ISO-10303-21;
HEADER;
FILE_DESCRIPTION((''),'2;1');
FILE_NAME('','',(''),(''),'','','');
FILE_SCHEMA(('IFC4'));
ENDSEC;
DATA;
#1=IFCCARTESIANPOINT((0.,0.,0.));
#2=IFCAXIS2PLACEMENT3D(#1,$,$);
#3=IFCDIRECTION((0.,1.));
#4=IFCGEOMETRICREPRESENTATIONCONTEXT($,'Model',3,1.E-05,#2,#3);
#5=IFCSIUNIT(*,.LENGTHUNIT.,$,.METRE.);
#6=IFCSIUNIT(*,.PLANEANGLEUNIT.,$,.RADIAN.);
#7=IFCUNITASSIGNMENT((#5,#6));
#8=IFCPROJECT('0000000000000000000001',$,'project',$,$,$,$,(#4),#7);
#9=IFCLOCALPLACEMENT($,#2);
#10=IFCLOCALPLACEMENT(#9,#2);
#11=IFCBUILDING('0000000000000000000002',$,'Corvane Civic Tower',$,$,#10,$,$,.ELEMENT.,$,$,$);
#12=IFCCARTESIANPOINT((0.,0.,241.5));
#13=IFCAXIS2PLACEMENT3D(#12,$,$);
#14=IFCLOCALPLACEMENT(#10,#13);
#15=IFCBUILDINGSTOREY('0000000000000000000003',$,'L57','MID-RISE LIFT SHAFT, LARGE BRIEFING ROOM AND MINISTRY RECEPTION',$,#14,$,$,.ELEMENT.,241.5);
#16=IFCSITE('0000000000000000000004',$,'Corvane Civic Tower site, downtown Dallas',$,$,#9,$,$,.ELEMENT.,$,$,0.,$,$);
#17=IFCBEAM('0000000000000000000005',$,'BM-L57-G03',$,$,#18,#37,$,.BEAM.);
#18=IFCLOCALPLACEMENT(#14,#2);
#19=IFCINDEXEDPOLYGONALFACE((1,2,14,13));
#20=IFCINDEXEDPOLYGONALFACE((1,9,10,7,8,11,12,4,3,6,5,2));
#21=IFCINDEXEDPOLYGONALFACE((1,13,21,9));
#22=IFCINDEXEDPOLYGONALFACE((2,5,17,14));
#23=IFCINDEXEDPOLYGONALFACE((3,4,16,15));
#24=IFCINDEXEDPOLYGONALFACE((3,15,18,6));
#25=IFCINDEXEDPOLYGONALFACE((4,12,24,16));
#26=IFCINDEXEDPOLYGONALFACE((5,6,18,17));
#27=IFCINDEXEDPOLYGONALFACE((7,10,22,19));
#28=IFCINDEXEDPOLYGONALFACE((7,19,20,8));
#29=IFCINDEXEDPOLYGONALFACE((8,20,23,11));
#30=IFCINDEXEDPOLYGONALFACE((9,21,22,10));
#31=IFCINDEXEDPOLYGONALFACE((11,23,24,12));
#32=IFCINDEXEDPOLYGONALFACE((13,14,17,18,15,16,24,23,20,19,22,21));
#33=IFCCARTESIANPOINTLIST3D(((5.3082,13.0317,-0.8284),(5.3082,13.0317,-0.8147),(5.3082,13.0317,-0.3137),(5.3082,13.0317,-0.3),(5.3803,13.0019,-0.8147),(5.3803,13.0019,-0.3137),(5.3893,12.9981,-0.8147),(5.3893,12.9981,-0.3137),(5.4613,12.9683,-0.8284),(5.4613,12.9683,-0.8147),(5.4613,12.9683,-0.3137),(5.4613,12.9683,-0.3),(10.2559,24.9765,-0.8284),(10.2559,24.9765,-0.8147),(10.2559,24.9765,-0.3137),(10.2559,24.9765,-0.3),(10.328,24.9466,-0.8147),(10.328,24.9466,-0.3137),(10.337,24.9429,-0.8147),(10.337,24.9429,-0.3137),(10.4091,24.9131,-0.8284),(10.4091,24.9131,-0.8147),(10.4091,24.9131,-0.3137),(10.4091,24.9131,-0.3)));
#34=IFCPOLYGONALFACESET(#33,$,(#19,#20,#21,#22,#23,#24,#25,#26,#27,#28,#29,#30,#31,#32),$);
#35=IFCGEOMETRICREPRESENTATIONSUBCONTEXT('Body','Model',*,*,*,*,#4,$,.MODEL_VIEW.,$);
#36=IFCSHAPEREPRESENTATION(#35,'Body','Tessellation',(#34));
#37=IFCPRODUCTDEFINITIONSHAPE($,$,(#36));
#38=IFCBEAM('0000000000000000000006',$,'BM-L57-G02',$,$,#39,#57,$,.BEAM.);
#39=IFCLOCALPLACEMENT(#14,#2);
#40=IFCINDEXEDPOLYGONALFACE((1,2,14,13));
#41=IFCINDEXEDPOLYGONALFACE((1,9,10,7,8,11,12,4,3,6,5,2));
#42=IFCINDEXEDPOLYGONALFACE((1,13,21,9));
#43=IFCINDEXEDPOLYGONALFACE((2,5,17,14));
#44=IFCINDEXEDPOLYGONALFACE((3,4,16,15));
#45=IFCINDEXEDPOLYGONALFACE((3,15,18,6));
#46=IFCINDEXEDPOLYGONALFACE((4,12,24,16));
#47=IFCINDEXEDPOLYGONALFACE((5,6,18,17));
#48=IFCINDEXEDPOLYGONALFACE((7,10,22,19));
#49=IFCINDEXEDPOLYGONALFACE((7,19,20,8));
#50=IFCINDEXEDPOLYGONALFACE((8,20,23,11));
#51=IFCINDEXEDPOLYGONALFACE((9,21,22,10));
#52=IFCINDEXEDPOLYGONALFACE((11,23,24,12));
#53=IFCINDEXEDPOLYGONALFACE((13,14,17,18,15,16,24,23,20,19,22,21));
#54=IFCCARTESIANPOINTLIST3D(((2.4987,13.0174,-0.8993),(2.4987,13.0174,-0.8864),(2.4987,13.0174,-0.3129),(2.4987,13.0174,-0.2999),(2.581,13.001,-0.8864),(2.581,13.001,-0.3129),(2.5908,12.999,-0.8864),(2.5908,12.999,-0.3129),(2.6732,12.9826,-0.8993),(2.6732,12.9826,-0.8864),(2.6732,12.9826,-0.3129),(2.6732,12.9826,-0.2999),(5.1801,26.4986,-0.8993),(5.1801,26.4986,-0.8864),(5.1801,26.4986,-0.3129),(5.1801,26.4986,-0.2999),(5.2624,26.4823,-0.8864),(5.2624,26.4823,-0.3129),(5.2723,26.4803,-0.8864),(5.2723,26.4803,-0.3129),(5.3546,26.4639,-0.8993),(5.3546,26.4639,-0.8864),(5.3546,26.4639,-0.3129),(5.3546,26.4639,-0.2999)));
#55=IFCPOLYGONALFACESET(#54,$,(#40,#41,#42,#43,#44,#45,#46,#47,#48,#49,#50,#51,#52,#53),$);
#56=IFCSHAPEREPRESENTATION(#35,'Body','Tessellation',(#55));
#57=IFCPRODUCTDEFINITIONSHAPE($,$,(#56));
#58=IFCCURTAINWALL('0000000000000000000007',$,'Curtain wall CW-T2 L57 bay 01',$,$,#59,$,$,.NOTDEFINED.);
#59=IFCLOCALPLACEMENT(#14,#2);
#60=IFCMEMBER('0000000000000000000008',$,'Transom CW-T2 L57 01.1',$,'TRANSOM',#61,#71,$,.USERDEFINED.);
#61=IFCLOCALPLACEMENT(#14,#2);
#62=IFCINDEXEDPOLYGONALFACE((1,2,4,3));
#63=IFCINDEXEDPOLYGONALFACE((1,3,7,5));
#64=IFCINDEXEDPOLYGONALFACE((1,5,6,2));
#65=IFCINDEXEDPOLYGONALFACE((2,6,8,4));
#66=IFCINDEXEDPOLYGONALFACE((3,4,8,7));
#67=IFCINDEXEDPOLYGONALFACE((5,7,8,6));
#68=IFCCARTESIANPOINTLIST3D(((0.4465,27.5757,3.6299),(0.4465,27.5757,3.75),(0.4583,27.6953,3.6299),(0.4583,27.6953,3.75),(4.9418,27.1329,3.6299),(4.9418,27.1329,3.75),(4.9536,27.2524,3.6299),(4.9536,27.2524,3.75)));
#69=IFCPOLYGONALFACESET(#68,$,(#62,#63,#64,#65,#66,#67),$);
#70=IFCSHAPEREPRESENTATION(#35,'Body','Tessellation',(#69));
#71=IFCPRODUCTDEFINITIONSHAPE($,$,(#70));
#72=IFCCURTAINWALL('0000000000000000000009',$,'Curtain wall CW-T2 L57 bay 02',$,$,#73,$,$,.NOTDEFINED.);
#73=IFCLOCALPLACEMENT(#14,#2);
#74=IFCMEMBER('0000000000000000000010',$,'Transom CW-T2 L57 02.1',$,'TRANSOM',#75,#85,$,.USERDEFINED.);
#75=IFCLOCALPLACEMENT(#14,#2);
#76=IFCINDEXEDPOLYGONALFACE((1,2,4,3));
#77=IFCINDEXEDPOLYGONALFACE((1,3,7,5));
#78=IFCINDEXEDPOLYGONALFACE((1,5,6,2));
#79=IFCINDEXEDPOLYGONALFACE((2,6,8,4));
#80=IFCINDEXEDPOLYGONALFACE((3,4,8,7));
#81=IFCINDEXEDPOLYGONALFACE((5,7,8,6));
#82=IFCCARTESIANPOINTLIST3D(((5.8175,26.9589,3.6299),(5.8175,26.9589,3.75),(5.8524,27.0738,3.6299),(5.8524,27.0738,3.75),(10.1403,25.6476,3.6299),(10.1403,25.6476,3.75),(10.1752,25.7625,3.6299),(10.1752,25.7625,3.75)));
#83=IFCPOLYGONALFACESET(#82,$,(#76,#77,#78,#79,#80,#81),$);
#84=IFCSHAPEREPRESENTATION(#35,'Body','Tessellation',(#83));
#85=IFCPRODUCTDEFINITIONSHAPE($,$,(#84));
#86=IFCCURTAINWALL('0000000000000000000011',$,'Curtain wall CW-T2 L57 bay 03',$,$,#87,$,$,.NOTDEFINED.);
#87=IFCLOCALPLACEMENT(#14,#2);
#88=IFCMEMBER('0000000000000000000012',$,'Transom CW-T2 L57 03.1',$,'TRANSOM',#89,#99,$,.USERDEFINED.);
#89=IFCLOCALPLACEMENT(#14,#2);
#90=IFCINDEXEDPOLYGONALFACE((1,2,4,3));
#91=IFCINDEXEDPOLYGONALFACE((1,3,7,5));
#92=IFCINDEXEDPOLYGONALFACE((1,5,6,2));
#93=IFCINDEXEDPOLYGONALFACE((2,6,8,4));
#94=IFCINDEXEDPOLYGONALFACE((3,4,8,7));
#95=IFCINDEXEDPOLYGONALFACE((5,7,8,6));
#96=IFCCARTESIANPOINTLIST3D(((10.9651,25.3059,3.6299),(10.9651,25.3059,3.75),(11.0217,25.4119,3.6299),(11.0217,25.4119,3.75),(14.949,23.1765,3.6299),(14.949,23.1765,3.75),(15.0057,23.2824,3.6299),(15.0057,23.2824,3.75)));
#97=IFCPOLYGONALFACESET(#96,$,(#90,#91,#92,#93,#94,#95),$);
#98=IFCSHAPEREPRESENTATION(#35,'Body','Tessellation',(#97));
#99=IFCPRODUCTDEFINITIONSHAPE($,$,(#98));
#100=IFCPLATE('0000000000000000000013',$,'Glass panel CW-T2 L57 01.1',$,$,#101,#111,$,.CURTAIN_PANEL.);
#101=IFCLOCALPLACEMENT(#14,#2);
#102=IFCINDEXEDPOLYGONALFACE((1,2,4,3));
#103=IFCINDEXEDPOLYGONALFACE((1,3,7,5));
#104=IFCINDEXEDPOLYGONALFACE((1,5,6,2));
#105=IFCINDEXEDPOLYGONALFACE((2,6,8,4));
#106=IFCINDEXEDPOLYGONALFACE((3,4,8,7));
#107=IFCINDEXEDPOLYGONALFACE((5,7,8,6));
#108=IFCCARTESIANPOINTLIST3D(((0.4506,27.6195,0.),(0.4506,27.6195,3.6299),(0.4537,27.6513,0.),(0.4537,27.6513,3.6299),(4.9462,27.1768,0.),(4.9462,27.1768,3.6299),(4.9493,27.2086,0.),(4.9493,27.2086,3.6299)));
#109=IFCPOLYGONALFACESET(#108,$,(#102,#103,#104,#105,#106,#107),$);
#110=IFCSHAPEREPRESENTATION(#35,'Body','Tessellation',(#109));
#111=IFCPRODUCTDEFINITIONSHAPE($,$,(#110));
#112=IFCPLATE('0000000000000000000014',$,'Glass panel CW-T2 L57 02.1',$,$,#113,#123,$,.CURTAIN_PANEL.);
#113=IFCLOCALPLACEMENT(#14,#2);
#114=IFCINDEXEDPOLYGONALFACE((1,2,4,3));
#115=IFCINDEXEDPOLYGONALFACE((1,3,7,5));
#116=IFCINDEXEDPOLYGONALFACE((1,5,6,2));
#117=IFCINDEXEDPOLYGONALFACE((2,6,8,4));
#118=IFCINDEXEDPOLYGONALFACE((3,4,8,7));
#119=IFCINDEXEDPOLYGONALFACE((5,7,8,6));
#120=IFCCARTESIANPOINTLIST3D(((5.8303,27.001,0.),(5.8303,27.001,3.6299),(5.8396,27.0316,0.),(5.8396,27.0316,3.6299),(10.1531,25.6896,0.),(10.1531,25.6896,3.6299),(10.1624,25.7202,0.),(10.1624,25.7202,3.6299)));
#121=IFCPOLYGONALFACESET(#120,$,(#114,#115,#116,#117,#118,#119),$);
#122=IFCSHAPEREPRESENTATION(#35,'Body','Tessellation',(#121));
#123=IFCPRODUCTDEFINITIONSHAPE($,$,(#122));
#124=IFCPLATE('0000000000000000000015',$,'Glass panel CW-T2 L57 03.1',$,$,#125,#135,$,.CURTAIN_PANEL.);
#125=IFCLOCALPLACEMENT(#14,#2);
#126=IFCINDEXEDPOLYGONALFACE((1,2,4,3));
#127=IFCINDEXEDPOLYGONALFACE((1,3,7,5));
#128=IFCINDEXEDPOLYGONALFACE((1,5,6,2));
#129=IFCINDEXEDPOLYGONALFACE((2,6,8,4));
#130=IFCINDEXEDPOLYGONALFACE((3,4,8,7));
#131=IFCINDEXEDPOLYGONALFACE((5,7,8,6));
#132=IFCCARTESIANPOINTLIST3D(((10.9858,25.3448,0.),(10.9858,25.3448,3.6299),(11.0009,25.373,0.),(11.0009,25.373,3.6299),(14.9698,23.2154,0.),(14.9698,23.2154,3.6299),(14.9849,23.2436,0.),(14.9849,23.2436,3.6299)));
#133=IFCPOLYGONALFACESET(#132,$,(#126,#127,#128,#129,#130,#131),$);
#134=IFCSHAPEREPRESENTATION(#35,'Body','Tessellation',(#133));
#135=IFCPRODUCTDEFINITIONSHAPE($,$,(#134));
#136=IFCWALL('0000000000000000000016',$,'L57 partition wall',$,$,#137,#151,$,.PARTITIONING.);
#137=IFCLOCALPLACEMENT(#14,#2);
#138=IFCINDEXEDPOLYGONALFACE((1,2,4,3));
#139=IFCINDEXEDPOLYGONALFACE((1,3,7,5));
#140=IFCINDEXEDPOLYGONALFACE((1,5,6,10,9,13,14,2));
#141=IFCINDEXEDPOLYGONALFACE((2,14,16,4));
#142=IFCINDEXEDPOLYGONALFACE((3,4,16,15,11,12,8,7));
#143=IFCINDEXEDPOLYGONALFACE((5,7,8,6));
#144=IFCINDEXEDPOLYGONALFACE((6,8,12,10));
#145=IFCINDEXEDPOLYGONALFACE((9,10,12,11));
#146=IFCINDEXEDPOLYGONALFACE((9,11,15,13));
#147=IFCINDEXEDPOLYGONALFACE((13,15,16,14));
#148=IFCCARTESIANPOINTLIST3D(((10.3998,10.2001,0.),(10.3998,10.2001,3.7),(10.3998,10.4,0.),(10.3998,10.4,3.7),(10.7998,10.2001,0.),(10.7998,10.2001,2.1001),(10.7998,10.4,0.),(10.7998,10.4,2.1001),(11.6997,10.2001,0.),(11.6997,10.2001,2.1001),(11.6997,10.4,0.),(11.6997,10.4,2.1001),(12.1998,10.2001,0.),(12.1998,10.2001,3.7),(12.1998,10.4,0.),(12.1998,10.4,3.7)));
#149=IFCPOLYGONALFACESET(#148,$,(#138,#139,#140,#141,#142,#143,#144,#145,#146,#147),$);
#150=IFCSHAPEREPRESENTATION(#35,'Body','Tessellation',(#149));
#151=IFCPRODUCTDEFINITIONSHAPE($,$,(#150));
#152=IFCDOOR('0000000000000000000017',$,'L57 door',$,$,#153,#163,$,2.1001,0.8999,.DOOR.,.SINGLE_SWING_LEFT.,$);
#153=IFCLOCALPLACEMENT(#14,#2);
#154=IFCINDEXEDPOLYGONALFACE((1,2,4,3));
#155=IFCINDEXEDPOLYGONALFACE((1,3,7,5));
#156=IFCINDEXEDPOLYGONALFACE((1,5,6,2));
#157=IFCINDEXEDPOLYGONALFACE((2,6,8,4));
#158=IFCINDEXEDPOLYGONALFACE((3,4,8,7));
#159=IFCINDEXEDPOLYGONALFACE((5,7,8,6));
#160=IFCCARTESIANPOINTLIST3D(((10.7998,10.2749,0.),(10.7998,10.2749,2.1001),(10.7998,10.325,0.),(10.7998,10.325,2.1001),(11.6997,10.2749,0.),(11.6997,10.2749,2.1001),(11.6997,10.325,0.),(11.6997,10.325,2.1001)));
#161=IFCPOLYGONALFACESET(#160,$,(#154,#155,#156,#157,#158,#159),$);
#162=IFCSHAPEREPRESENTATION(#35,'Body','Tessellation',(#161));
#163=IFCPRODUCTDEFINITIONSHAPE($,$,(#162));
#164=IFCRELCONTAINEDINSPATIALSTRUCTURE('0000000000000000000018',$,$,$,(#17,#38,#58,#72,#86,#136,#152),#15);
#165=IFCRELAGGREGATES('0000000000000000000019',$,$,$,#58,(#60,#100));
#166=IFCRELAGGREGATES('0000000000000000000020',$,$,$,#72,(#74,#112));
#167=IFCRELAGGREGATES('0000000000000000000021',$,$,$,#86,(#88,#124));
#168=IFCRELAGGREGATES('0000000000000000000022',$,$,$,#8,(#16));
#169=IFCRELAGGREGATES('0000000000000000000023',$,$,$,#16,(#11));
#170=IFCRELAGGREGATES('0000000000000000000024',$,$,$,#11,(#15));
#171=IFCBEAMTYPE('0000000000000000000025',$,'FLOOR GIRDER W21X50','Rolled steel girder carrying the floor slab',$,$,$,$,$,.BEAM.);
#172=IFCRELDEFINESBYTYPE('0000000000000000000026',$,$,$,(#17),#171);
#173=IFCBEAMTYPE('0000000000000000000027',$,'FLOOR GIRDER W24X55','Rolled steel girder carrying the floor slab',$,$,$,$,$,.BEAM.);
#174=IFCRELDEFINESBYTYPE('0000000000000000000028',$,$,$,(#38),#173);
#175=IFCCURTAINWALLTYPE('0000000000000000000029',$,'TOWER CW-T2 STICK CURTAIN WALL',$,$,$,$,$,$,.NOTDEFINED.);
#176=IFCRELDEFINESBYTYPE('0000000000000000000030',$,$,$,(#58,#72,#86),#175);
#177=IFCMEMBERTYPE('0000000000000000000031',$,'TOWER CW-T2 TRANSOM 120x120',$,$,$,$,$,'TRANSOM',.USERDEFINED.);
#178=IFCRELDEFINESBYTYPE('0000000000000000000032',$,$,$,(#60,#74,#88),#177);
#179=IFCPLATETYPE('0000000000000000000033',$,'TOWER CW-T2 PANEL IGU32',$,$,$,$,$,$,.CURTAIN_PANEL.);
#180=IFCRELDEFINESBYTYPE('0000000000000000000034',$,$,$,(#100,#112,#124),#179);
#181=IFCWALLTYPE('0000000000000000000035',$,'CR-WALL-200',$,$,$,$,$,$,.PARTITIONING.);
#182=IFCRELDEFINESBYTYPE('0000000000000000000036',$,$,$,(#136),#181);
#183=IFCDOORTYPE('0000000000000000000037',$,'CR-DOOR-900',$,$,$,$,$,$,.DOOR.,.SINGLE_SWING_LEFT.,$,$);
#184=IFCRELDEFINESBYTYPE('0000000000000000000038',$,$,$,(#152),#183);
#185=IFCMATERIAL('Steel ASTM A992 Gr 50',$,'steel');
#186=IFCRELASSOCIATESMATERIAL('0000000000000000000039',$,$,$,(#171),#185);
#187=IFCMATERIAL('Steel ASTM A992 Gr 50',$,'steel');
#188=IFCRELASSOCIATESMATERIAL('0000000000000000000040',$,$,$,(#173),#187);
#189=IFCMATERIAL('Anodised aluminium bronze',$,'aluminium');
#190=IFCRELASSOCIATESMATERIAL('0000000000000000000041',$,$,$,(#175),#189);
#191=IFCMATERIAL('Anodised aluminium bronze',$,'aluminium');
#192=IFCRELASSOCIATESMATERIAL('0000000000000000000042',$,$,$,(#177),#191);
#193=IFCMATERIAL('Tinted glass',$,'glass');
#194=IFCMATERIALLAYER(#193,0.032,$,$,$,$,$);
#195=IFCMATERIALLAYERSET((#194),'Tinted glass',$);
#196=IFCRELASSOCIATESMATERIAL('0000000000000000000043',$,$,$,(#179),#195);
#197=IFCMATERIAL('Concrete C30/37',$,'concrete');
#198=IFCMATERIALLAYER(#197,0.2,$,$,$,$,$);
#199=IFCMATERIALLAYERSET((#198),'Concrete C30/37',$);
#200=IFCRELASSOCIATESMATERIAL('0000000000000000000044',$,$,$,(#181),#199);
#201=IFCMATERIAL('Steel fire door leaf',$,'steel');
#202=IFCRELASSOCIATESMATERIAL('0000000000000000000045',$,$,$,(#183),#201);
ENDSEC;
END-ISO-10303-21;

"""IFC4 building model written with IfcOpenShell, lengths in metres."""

from ifc_helpers import new_model, si_unit, direction, frame, frame_2d, origin, origin_2d, place, context, subcontext, project, spatial, rectangle, i_section, extrude, material, layer, layer_set, material_profile, profile_set, type_object, element, fill, aggregate, save


model = new_model("IFC4")

# Units and contexts
model_context = context("Model", 3, precision=1e-05, world=origin(), true_north=direction((0.0, 1.0)))
body_context = subcontext(model_context, "Body", "Model", "MODEL_VIEW")
ifc_project = project(units=[si_unit("LENGTHUNIT", "METRE"), si_unit("PLANEANGLEUNIT", "RADIAN")], contexts=[model_context])

# Site, building, storey
site_placement = place(None, origin())
site = spatial("IfcSite", under=ifc_project, at=site_placement, Name="Corvane Civic Tower site, downtown Dallas", CompositionType="ELEMENT", RefElevation=0.0)
building_placement = place(site_placement, origin())
building = spatial("IfcBuilding", under=site, at=building_placement, Name="Corvane Civic Tower", CompositionType="ELEMENT")
storey_placement = place(building_placement, frame((0.0, 0.0, 241.5)))
storey = spatial("IfcBuildingStorey", under=building, at=storey_placement, Name="L57", Description="MID-RISE LIFT SHAFT, LARGE BRIEFING ROOM AND MINISTRY RECEPTION", CompositionType="ELEMENT", Elevation=241.5)

# Beams
ifc_material_1 = material(Name="Steel ASTM A992 Gr 50", Category="steel")
ifc_material_profile_1 = material_profile(ifc_material_1, i_section(OverallWidth=0.1658, OverallDepth=0.5283, WebThickness=0.0098, FlangeThickness=0.0137, at=origin_2d()), Name="W21X50")
ifc_profile_set_1 = profile_set([ifc_material_profile_1], Name="Steel ASTM A992 Gr 50")
beam_type_1 = type_object("IfcBeamType", Name="FLOOR GIRDER W21X50", Description="Rolled steel girder carrying the floor slab", PredefinedType="BEAM", material=ifc_profile_set_1)
beam_1_placement = place(storey_placement, frame((5.3848, 13.0, -0.5642), z_axis=(0.382686, 0.923878, 0.0), x_axis=(-0.923878, 0.382686, 0.0)))
element("IfcBeam", 1, at=beam_1_placement, inside=storey, type_object=beam_type_1, Name="BM-L57-G03", PredefinedType="BEAM", context=body_context, shape_type="SweptSolid", body=[
    extrude(i_section(OverallWidth=0.1658, OverallDepth=0.5283, WebThickness=0.0098, FlangeThickness=0.0137, at=origin_2d()), origin(), (0.0, 0.0, 1.0), 12.929),
])
ifc_material_2 = material(Name="Steel ASTM A992 Gr 50", Category="steel")
ifc_material_profile_2 = material_profile(ifc_material_2, i_section(OverallWidth=0.178, OverallDepth=0.5994, WebThickness=0.01, FlangeThickness=0.0129, at=origin_2d()), Name="W24X55")
ifc_profile_set_2 = profile_set([ifc_material_profile_2], Name="Steel ASTM A992 Gr 50")
beam_type_2 = type_object("IfcBeamType", Name="FLOOR GIRDER W24X55", Description="Rolled steel girder carrying the floor slab", PredefinedType="BEAM", material=ifc_profile_set_2)
beam_2_placement = place(storey_placement, frame((2.5859, 13.0, -0.5996), z_axis=(0.195078, 0.980788, 0.0), x_axis=(-0.980788, 0.195078, 0.0)))
element("IfcBeam", 2, at=beam_2_placement, inside=storey, type_object=beam_type_2, Name="BM-L57-G02", PredefinedType="BEAM", context=body_context, shape_type="SweptSolid", body=[
    extrude(i_section(OverallWidth=0.178, OverallDepth=0.5994, WebThickness=0.01, FlangeThickness=0.0129, at=origin_2d()), origin(), (0.0, 0.0, 1.0), 13.7454),
])

# Curtain walls, members
ifc_material_3 = material(Name="Anodised aluminium bronze", Category="aluminium")
curtain_wall_type = type_object("IfcCurtainWallType", Name="TOWER CW-T2 STICK CURTAIN WALL", PredefinedType="NOTDEFINED", material=ifc_material_3)
curtain_wall_1_placement = place(storey_placement, origin())
curtain_wall_1 = element("IfcCurtainWall", 3, at=curtain_wall_1_placement, inside=storey, type_object=curtain_wall_type, Name="Curtain wall CW-T2 L57 bay 01", PredefinedType="NOTDEFINED")
ifc_material_4 = material(Name="Anodised aluminium bronze", Category="aluminium")
ifc_material_profile_3 = material_profile(ifc_material_4, rectangle(XDim=0.1201, YDim=0.1201, at=origin_2d()), Name="TOWER CW-T2 TRANSOM 120x120")
ifc_profile_set_3 = profile_set([ifc_material_profile_3], Name="Anodised aluminium bronze")
member_type = type_object("IfcMemberType", Name="TOWER CW-T2 TRANSOM 120x120", ElementType="TRANSOM", PredefinedType="USERDEFINED", material=ifc_profile_set_3)
member_1_placement = place(storey_placement, frame((0.4524, 27.6355, 3.6899), z_axis=(0.995182, -0.098043, 0.0), x_axis=(0.098043, 0.995182, 0.0)))
member_1 = element("IfcMember", 4, at=member_1_placement, type_object=member_type, Name="Transom CW-T2 L57 01.1", ObjectType="TRANSOM", PredefinedType="USERDEFINED", context=body_context, shape_type="SweptSolid", body=[
    extrude(rectangle(XDim=0.1201, YDim=0.1201, at=origin_2d()), origin(), (0.0, 0.0, 1.0), 4.5171),
])
curtain_wall_2_placement = place(storey_placement, origin())
curtain_wall_2 = element("IfcCurtainWall", 5, at=curtain_wall_2_placement, inside=storey, type_object=curtain_wall_type, Name="Curtain wall CW-T2 L57 bay 02", PredefinedType="NOTDEFINED")
member_2_placement = place(storey_placement, frame((5.835, 27.0164, 3.6899), z_axis=(0.956941, -0.290282, 0.0), x_axis=(0.290282, 0.956941, 0.0)))
member_2 = element("IfcMember", 6, at=member_2_placement, type_object=member_type, Name="Transom CW-T2 L57 02.1", ObjectType="TRANSOM", PredefinedType="USERDEFINED", context=body_context, shape_type="SweptSolid", body=[
    extrude(rectangle(XDim=0.1201, YDim=0.1201, at=origin_2d()), origin(), (0.0, 0.0, 1.0), 4.5173),
])
curtain_wall_3_placement = place(storey_placement, origin())
curtain_wall_3 = element("IfcCurtainWall", 7, at=curtain_wall_3_placement, inside=storey, type_object=curtain_wall_type, Name="Curtain wall CW-T2 L57 bay 03", PredefinedType="NOTDEFINED")
member_3_placement = place(storey_placement, frame((10.9934, 25.3589, 3.6899), z_axis=(0.881925, -0.47139, 0.0), x_axis=(0.47139, 0.881925, 0.0)))
member_3 = element("IfcMember", 8, at=member_3_placement, type_object=member_type, Name="Transom CW-T2 L57 03.1", ObjectType="TRANSOM", PredefinedType="USERDEFINED", context=body_context, shape_type="SweptSolid", body=[
    extrude(rectangle(XDim=0.1201, YDim=0.1201, at=origin_2d()), origin(), (0.0, 0.0, 1.0), 4.5173),
])

# Plates
ifc_material_5 = material(Name="Tinted glass", Category="glass")
ifc_layer_1 = layer(ifc_material_5, 0.032)
ifc_layer_set_1 = layer_set([ifc_layer_1], Name="Tinted glass")
plate_type = type_object("IfcPlateType", Name="TOWER CW-T2 PANEL IGU32", PredefinedType="CURTAIN_PANEL", material=ifc_layer_set_1)
plate_1_placement = place(storey_placement, frame((2.7, 27.4141, 0.0), z_axis=(0.0, 0.0, 1.0), x_axis=(0.995187, -0.097993, 0.0)))
plate_1 = element("IfcPlate", 9, at=plate_1_placement, type_object=plate_type, Name="Glass panel CW-T2 L57 01.1", PredefinedType="CURTAIN_PANEL", context=body_context, shape_type="SweptSolid", body=[
    extrude(rectangle(XDim=4.5173, YDim=0.032, at=origin_2d()), origin(), (0.0, 0.0, 1.0), 3.6299),
])
aggregate(curtain_wall_1, [member_1, plate_1])
plate_2_placement = place(storey_placement, frame((7.9963, 26.3606, 0.0), z_axis=(0.0, 0.0, 1.0), x_axis=(0.956939, -0.29029, 0.0)))
plate_2 = element("IfcPlate", 10, at=plate_2_placement, type_object=plate_type, Name="Glass panel CW-T2 L57 02.1", PredefinedType="CURTAIN_PANEL", context=body_context, shape_type="SweptSolid", body=[
    extrude(rectangle(XDim=4.5173, YDim=0.032, at=origin_2d()), origin(), (0.0, 0.0, 1.0), 3.6299),
])
aggregate(curtain_wall_2, [member_2, plate_2])
plate_3_placement = place(storey_placement, frame((12.9854, 24.2942, 0.0), z_axis=(0.0, 0.0, 1.0), x_axis=(0.88192, -0.471398, 0.0)))
plate_3 = element("IfcPlate", 11, at=plate_3_placement, type_object=plate_type, Name="Glass panel CW-T2 L57 03.1", PredefinedType="CURTAIN_PANEL", context=body_context, shape_type="SweptSolid", body=[
    extrude(rectangle(XDim=4.5173, YDim=0.032, at=origin_2d()), origin(), (0.0, 0.0, 1.0), 3.6299),
])
aggregate(curtain_wall_3, [member_3, plate_3])

# Wall, opening, door
ifc_material_6 = material(Name="Concrete C30/37", Category="concrete")
ifc_layer_2 = layer(ifc_material_6, 0.2)
ifc_layer_set_2 = layer_set([ifc_layer_2], Name="Concrete C30/37")
wall_type_1 = type_object("IfcWallType", Name="CR-WALL-200", PredefinedType="PARTITIONING", material=ifc_layer_set_2)
wall_1_placement = place(storey_placement, frame((10.3999, 10.3, 0.0), z_axis=(0.0, 0.0, 1.0), x_axis=(1.0, 0.0, 0.0)))
wall_1 = element("IfcWall", 12, at=wall_1_placement, inside=storey, type_object=wall_type_1, Name="L57 partition wall", PredefinedType="PARTITIONING", context=body_context, shape_type="SweptSolid", body=[
    extrude(rectangle(XDim=1.8, YDim=0.2, at=frame_2d((0.8999, 0.0))), origin(), (0.0, 0.0, 1.0), 3.7),
])
opening_1_placement = place(wall_1_placement, frame((0.3999, 0.0, 0.0)))
opening_1 = element("IfcOpeningElement", 13, at=opening_1_placement, cuts=wall_1, PredefinedType="OPENING", context=body_context, shape_type="SweptSolid", body=[
    extrude(rectangle(XDim=0.8999, YDim=2.1001, at=frame_2d((0.45, 1.05))), frame((0.0, 0.1099, 0.0), z_axis=(0.0, -1.0, 0.0), x_axis=(1.0, 0.0, 0.0)), (0.0, 0.0, 1.0), 0.22),
])
ifc_material_7 = material(Name="Steel fire door leaf", Category="steel")
door_type_1 = type_object("IfcDoorType", Name="CR-DOOR-900", OperationType="SINGLE_SWING_LEFT", PredefinedType="DOOR", material=ifc_material_7)
door_1_placement = place(opening_1_placement, origin())
door_1 = element("IfcDoor", 14, at=door_1_placement, inside=storey, type_object=door_type_1, Name="L57 door", OperationType="SINGLE_SWING_LEFT", OverallHeight=2.1001, OverallWidth=0.8999, PredefinedType="DOOR", context=body_context, shape_type="SweptSolid", body=[
    extrude(rectangle(XDim=0.8999, YDim=2.1001, at=frame_2d((0.45, 1.05))), frame((0.0, 0.0249, 0.0), z_axis=(0.0, -1.0, 0.0), x_axis=(1.0, 0.0, 0.0)), (0.0, 0.0, 1.0), 0.05),
])
fill(opening_1, door_1)

save(model, "model.ifc")
